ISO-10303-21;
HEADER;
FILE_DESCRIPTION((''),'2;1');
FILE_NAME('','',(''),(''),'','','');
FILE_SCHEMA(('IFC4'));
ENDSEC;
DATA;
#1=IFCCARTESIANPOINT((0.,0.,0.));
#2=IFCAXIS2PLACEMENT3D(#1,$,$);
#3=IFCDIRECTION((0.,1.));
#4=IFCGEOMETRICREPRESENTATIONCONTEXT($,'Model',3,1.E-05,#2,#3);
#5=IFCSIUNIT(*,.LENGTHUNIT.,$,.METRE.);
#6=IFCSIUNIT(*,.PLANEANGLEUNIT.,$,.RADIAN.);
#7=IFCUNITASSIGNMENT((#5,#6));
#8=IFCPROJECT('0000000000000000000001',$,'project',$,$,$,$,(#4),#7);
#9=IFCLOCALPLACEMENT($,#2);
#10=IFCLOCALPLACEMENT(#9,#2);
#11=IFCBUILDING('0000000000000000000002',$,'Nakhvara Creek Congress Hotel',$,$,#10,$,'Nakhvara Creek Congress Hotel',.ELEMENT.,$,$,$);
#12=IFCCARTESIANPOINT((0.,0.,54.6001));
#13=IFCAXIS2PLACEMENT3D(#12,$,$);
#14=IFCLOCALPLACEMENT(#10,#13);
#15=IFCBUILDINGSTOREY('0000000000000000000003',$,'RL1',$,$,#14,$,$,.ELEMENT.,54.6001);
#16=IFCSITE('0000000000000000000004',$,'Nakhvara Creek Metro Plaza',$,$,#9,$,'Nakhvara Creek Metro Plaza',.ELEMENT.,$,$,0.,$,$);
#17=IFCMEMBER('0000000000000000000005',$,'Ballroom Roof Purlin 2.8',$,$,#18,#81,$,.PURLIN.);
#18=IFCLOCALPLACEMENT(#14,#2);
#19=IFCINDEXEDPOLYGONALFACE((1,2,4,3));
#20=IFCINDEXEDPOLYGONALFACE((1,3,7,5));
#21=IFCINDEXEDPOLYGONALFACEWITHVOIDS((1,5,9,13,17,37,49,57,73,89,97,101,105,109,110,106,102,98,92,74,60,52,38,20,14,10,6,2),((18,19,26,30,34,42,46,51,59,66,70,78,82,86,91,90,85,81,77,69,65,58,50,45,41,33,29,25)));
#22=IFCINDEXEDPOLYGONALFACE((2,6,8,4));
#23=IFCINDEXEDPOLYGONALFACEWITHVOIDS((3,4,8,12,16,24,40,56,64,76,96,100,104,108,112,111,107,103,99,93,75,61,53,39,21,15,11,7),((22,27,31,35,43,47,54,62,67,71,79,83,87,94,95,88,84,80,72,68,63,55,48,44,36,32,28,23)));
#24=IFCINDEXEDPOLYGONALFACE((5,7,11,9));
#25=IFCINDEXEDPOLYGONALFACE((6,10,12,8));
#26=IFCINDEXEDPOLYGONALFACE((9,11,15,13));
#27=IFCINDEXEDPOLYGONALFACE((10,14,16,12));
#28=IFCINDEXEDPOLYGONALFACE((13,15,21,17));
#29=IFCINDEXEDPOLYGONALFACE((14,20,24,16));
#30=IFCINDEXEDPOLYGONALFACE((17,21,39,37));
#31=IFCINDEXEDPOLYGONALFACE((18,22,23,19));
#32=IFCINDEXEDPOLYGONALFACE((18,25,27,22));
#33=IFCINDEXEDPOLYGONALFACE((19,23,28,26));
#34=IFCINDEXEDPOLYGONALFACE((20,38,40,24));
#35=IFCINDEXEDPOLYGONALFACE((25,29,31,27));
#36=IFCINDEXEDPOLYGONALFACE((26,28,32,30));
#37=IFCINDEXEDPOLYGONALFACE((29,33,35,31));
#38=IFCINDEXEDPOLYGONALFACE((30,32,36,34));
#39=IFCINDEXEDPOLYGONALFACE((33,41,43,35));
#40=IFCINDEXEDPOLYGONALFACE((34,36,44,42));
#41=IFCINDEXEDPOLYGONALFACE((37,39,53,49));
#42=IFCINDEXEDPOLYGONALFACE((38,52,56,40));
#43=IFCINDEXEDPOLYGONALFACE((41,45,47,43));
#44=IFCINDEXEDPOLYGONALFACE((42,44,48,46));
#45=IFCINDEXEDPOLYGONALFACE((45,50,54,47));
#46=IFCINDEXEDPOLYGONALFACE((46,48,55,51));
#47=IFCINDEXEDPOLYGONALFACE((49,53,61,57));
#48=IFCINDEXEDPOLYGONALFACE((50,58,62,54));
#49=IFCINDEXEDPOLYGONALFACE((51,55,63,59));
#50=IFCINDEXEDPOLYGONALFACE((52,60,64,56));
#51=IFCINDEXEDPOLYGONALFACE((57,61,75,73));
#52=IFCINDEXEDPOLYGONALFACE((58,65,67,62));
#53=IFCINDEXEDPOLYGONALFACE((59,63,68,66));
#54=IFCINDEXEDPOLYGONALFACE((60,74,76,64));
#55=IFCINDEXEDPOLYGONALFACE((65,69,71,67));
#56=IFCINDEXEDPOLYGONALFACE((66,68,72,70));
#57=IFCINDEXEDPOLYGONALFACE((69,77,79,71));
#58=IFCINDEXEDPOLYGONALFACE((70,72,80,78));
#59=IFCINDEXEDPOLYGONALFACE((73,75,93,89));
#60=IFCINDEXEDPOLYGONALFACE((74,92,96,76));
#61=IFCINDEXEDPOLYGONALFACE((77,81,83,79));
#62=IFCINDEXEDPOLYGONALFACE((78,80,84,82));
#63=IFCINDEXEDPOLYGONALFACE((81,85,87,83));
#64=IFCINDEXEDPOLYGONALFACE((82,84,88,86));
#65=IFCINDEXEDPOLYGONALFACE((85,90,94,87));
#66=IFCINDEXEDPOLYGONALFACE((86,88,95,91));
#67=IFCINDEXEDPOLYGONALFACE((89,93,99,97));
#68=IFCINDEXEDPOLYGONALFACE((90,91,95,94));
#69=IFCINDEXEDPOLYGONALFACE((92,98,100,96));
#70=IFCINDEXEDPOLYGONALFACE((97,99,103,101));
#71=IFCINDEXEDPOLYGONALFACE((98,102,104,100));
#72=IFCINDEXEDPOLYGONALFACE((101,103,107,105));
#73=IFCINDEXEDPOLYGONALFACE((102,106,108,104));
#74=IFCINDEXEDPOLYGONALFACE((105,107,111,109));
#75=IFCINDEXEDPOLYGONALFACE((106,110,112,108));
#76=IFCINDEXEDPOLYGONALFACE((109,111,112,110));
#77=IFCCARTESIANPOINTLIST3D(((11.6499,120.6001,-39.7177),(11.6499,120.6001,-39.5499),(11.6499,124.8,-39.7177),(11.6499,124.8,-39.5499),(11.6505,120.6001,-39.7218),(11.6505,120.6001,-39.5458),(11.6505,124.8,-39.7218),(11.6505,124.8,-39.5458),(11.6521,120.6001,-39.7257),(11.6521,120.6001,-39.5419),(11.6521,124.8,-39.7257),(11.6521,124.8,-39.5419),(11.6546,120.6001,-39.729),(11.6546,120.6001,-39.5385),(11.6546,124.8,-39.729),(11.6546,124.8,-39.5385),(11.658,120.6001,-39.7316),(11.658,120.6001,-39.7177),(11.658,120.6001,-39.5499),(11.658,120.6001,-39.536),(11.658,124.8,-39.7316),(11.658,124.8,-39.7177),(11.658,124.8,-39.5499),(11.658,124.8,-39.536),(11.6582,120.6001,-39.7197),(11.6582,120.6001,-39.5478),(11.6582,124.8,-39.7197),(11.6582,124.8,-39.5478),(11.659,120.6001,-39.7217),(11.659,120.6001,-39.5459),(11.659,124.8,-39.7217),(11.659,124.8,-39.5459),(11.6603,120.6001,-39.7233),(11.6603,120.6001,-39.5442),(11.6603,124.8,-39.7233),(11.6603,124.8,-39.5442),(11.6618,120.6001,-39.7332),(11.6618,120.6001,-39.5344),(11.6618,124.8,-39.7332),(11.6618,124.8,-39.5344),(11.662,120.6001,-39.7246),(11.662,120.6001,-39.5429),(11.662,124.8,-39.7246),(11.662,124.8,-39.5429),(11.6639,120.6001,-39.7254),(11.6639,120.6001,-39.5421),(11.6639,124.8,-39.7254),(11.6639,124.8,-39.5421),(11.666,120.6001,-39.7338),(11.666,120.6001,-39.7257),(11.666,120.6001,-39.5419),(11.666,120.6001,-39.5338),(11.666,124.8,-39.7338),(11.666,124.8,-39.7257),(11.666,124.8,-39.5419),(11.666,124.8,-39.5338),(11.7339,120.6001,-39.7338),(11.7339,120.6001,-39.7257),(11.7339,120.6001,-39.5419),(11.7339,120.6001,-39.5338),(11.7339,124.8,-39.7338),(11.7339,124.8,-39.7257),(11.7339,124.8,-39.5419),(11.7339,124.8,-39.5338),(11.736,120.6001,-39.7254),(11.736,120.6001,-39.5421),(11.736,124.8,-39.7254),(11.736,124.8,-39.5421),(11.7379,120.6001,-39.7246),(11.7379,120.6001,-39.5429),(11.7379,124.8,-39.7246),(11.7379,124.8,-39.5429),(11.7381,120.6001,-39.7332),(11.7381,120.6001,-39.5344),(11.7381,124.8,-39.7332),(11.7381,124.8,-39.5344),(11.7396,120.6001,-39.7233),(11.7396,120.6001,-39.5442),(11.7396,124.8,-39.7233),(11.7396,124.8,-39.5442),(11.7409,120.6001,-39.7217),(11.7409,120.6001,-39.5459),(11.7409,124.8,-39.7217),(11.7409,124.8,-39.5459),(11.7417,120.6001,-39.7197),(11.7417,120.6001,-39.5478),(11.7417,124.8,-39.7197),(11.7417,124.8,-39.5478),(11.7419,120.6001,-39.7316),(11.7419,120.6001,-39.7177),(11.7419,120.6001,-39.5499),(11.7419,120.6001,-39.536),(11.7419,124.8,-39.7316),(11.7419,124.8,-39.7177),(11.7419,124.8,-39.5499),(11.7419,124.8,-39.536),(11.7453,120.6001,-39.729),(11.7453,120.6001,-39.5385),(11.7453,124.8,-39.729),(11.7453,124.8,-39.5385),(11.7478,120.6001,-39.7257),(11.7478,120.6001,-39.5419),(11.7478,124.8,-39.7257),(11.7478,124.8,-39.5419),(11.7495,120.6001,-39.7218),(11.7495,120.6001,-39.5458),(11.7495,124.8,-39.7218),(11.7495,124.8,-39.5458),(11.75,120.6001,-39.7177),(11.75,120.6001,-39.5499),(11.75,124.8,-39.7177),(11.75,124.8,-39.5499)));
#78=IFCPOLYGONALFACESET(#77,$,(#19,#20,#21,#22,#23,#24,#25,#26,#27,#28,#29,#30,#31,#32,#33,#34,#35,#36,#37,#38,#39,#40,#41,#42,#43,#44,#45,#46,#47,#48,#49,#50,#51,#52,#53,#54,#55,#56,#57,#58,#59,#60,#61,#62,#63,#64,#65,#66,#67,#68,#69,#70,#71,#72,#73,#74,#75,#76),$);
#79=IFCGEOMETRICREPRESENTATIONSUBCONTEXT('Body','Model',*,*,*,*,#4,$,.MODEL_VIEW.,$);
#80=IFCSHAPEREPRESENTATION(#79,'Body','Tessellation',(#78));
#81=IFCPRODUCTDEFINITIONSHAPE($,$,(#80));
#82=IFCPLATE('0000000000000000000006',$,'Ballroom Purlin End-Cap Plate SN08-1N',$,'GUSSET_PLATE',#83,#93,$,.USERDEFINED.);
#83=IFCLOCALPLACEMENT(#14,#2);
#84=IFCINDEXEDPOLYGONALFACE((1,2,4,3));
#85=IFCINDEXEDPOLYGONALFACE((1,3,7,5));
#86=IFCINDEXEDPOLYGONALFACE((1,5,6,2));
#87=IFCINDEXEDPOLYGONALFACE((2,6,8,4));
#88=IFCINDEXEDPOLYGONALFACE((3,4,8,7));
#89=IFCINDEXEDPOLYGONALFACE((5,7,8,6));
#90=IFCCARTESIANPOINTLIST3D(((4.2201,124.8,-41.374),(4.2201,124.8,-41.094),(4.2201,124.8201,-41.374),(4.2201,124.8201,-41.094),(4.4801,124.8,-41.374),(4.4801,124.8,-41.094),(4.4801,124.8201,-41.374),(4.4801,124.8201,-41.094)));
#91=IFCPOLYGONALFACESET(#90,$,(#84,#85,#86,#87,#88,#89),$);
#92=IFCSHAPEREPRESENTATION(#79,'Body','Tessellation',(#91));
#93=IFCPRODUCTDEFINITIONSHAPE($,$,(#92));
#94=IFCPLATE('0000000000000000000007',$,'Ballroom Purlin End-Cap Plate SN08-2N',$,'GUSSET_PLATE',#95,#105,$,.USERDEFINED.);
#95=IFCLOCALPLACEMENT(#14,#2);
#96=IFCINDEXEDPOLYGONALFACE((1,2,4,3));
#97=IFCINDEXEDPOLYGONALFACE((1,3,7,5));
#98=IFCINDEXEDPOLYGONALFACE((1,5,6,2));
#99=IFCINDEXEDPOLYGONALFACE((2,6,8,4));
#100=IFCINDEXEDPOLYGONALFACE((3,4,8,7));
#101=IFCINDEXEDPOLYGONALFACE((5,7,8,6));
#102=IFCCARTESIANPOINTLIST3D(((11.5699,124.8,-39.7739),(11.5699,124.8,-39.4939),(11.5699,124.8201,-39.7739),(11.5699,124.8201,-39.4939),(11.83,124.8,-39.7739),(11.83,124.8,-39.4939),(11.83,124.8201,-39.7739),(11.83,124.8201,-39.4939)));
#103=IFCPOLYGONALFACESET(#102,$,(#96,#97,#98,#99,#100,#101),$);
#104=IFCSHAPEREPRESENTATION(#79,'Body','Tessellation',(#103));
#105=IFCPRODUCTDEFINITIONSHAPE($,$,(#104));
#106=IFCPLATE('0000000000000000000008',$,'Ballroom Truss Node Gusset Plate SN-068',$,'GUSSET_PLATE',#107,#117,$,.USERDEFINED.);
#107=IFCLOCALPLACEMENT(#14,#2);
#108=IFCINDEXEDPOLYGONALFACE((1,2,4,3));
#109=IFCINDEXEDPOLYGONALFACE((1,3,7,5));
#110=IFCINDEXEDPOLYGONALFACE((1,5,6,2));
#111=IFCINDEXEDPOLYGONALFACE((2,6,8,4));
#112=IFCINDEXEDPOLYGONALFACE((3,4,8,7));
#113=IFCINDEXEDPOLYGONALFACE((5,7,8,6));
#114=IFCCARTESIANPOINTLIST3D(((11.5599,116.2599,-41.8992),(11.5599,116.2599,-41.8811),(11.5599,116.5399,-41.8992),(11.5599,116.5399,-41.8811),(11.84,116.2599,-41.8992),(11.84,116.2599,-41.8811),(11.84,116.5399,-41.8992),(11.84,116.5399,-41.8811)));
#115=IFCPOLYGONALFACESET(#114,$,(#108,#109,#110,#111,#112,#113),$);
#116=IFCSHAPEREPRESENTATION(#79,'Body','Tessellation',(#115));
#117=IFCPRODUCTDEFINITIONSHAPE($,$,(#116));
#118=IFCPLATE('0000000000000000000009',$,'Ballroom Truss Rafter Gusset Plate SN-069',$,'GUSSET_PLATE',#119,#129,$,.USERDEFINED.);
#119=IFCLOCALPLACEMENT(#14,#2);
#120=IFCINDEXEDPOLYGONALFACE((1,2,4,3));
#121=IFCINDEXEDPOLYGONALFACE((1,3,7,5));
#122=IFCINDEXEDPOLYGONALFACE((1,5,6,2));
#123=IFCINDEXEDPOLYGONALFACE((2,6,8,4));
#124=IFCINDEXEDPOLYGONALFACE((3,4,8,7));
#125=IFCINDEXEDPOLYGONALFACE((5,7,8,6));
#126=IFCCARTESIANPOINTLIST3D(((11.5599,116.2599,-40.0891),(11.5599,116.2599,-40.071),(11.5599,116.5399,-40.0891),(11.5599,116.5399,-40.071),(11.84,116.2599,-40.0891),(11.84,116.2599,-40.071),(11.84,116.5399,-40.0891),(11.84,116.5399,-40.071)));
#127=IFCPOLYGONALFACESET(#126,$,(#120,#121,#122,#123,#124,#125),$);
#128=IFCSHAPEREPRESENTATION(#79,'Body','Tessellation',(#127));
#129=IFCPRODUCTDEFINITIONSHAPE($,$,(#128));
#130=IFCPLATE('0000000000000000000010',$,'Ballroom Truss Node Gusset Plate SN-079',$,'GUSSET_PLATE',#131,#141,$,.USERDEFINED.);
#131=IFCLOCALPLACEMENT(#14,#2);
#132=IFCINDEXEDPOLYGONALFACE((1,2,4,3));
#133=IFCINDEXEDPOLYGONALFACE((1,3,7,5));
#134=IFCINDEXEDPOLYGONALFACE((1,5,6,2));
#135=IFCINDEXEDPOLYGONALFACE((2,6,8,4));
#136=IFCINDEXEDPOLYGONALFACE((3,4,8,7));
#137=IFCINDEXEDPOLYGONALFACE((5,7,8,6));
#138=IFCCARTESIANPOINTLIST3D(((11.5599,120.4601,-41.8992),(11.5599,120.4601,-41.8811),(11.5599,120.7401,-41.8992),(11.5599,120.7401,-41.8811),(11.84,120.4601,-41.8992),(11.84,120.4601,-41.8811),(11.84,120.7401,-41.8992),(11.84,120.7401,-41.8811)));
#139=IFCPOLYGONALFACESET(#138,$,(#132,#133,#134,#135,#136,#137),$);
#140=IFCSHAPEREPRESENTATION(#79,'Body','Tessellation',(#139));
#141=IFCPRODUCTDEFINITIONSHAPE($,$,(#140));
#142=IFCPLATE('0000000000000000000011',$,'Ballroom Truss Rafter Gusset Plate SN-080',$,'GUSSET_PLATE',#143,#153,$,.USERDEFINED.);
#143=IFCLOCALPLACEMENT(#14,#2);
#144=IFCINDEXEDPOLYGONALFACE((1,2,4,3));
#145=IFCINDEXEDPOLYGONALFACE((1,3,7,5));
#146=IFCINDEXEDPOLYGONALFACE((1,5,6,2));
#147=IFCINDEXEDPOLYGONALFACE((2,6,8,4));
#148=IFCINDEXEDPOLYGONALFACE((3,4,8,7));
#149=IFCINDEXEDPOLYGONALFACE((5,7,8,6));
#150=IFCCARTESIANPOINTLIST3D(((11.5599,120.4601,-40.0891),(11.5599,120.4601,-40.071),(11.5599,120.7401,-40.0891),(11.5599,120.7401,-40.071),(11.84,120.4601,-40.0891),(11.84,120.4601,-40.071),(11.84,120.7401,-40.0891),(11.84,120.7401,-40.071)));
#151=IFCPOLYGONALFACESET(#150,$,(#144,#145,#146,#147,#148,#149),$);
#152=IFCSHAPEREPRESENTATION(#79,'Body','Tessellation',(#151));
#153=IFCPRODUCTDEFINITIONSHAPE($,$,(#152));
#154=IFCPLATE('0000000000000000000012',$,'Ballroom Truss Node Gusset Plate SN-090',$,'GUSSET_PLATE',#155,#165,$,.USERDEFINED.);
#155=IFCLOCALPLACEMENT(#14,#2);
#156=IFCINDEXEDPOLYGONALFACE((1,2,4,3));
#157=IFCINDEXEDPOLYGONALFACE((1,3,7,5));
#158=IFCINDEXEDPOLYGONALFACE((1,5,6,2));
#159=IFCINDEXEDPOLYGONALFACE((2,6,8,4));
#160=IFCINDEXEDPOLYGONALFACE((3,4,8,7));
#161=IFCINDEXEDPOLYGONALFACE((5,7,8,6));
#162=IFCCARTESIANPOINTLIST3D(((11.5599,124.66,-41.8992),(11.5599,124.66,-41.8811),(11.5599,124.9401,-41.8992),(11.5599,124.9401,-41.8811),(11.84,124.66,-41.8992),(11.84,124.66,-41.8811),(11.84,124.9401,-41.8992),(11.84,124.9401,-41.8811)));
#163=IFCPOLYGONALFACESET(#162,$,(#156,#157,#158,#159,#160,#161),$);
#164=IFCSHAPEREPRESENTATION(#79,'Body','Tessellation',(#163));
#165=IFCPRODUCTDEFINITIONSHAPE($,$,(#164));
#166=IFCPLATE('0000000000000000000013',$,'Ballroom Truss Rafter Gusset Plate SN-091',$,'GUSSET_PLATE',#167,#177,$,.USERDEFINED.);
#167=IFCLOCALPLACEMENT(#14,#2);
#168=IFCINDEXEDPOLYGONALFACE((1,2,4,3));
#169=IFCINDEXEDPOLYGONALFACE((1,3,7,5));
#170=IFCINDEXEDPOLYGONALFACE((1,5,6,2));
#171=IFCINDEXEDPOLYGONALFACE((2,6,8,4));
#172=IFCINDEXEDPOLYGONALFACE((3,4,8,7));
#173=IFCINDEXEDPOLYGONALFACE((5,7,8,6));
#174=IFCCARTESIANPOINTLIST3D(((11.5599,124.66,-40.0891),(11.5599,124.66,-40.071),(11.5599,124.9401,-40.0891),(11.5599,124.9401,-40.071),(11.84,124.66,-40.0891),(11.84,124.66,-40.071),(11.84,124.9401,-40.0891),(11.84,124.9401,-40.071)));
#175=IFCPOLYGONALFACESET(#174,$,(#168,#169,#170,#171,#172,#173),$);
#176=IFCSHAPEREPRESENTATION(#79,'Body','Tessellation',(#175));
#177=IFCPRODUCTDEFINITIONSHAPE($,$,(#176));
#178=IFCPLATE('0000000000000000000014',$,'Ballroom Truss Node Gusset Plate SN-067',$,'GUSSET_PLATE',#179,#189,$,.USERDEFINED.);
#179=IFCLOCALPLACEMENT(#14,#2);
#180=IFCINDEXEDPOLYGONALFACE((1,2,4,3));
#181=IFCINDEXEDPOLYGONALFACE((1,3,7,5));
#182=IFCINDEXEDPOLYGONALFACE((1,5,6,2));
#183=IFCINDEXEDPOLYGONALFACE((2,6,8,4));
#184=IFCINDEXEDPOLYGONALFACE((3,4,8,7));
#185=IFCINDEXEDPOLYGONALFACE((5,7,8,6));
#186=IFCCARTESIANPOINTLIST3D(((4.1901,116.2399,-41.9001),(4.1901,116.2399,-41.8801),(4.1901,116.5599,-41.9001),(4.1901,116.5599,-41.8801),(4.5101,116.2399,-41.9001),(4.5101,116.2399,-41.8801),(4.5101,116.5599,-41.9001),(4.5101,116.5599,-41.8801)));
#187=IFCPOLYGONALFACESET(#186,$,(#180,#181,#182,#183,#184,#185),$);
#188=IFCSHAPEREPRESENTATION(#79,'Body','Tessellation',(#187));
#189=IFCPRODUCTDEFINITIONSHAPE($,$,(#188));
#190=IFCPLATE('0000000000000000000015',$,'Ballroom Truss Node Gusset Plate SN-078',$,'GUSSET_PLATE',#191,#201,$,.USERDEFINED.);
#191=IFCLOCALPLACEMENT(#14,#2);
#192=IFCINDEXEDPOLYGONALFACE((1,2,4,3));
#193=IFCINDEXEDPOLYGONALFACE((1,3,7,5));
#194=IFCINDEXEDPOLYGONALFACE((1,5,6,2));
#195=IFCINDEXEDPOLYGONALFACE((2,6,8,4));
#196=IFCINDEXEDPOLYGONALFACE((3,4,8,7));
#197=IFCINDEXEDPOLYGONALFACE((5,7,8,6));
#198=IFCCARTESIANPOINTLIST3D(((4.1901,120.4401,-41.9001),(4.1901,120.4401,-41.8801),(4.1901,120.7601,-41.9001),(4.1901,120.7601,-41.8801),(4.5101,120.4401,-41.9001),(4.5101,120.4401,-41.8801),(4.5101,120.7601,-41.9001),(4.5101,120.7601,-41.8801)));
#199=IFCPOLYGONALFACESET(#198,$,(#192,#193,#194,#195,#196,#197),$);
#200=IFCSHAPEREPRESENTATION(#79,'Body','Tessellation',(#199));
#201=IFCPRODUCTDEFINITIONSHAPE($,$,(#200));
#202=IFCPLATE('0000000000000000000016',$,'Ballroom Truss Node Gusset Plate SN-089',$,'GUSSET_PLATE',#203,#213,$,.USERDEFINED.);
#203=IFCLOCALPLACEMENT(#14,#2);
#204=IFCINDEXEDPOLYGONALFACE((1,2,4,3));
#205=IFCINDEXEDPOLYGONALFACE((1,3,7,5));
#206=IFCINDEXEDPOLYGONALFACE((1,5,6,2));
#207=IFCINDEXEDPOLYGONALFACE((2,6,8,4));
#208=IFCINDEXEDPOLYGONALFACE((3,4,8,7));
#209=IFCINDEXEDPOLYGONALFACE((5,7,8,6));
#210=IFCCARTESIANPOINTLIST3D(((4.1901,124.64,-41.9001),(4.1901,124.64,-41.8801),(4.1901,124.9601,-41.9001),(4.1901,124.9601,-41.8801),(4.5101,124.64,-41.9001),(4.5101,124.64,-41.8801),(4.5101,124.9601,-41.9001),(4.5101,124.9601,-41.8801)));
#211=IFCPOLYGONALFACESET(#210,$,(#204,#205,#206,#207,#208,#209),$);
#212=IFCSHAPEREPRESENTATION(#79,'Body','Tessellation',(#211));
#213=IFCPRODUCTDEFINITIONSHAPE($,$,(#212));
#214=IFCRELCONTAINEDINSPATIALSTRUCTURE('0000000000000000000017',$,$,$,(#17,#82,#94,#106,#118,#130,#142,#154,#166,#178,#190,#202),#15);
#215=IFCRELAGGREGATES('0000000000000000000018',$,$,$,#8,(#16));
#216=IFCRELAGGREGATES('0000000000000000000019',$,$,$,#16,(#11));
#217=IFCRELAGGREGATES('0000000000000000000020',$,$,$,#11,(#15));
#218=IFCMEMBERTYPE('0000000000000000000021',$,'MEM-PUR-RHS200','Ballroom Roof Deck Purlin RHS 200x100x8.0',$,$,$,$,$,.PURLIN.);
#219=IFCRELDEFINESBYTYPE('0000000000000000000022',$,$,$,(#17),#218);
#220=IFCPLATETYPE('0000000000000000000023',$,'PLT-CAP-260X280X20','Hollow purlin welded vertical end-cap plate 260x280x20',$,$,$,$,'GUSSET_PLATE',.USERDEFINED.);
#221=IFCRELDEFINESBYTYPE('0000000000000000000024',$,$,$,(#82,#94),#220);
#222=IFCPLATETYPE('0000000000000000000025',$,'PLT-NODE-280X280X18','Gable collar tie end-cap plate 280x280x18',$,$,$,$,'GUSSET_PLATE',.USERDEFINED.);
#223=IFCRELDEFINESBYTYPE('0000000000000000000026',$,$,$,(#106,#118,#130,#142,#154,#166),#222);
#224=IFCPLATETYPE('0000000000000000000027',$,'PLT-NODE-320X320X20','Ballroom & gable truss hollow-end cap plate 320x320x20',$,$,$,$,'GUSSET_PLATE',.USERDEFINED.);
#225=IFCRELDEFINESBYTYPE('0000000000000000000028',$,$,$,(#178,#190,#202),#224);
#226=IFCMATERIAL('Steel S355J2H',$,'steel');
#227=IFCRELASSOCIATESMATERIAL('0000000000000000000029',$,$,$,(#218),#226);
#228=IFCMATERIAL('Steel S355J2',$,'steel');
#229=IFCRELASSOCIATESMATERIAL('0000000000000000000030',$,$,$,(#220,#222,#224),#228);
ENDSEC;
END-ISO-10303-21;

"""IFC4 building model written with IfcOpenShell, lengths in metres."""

from ifc_helpers import new_model, si_unit, direction, frame, origin, origin_2d, place, context, subcontext, project, spatial, rectangle, hollow_rectangle, extrude, material, material_profile, profile_set, type_object, element, save


model = new_model("IFC4")

# Units and contexts
model_context = context("Model", 3, precision=1e-05, world=origin(), true_north=direction((0.0, 1.0)))
body_context = subcontext(model_context, "Body", "Model", "MODEL_VIEW")
ifc_project = project(units=[si_unit("LENGTHUNIT", "METRE"), si_unit("PLANEANGLEUNIT", "RADIAN")], contexts=[model_context])

# Site, building, storey
site_placement = place(None, origin())
site = spatial("IfcSite", under=ifc_project, at=site_placement, Name="Nakhvara Creek Metro Plaza", LongName="Nakhvara Creek Metro Plaza", CompositionType="ELEMENT", RefElevation=0.0)
building_placement = place(site_placement, origin())
building = spatial("IfcBuilding", under=site, at=building_placement, Name="Nakhvara Creek Congress Hotel", LongName="Nakhvara Creek Congress Hotel", CompositionType="ELEMENT")
storey_placement = place(building_placement, frame((0.0, 0.0, 54.6001)))
storey = spatial("IfcBuildingStorey", under=building, at=storey_placement, Name="RL1", CompositionType="ELEMENT", Elevation=54.6001)

# Shared definitions
ifc_material_1 = material(Name="Steel S355J2", Category="steel")

# Member
ifc_material_2 = material(Name="Steel S355J2H", Category="steel")
ifc_material_profile_1 = material_profile(ifc_material_2, hollow_rectangle(XDim=0.1001, YDim=0.2, WallThickness=0.0081, InnerFilletRadius=0.0081, OuterFilletRadius=0.0161, at=origin_2d()), Name="RHS 200x100x8.0", Category="LoadBearing")
ifc_profile_set_1 = profile_set([ifc_material_profile_1], Name="Steel S355J2H")
member_type_1 = type_object("IfcMemberType", Name="MEM-PUR-RHS200", Description="Ballroom Roof Deck Purlin RHS 200x100x8.0", PredefinedType="PURLIN", material=ifc_profile_set_1)
member_1_placement = place(storey_placement, frame((11.7, 120.6001, -39.6338), z_axis=(0.0, 1.0, 0.0), x_axis=(-1.0, 0.0, 0.0)))
element("IfcMember", 1, at=member_1_placement, inside=storey, type_object=member_type_1, Name="Ballroom Roof Purlin 2.8", PredefinedType="PURLIN", context=body_context, shape_type="SweptSolid", body=[
    extrude(hollow_rectangle(XDim=0.1001, YDim=0.2, WallThickness=0.0081, InnerFilletRadius=0.0081, OuterFilletRadius=0.0161, at=origin_2d()), origin(), (0.0, 0.0, 1.0), 4.2),
])

# Plates
plate_type_1 = type_object("IfcPlateType", Name="PLT-CAP-260X280X20", Description="Hollow purlin welded vertical end-cap plate 260x280x20", ElementType="GUSSET_PLATE", PredefinedType="USERDEFINED", material=ifc_material_1)
for number, where, z_axis, x_axis, name in (
    (2, (4.3501, 124.8101, -41.374), (0.0, 0.0, 1.0), (1.0, 0.0, 0.0), "Ballroom Purlin End-Cap Plate SN08-1N"),
    (3, (11.7, 124.8101, -39.7739), (0.0, 0.0, 1.0), (1.0, 0.0, 0.0), "Ballroom Purlin End-Cap Plate SN08-2N"),
):
    element("IfcPlate", number, at=place(storey_placement, frame(where, z_axis=z_axis, x_axis=x_axis)), inside=storey, type_object=plate_type_1, Name=name, ObjectType="GUSSET_PLATE", PredefinedType="USERDEFINED", context=body_context, shape_type="SweptSolid", body=[
        extrude(rectangle(XDim=0.26, YDim=0.02, at=origin_2d()), origin(), (0.0, 0.0, 1.0), 0.28),
    ])
plate_type_2 = type_object("IfcPlateType", Name="PLT-NODE-280X280X18", Description="Gable collar tie end-cap plate 280x280x18", ElementType="GUSSET_PLATE", PredefinedType="USERDEFINED", material=ifc_material_1)
for number, where, z_axis, x_axis, name in (
    (4, (11.7, 116.3999, -41.8992), (0.0, 0.0, 1.0), (1.0, 0.0, 0.0), "Ballroom Truss Node Gusset Plate SN-068"),
    (5, (11.7, 116.3999, -40.0891), (0.0, 0.0, 1.0), (1.0, 0.0, 0.0), "Ballroom Truss Rafter Gusset Plate SN-069"),
    (6, (11.7, 120.6001, -41.8992), (0.0, 0.0, 1.0), (1.0, 0.0, 0.0), "Ballroom Truss Node Gusset Plate SN-079"),
    (7, (11.7, 120.6001, -40.0891), (0.0, 0.0, 1.0), (1.0, 0.0, 0.0), "Ballroom Truss Rafter Gusset Plate SN-080"),
    (8, (11.7, 124.8, -41.8992), (0.0, 0.0, 1.0), (1.0, 0.0, 0.0), "Ballroom Truss Node Gusset Plate SN-090"),
    (9, (11.7, 124.8, -40.0891), (0.0, 0.0, 1.0), (1.0, 0.0, 0.0), "Ballroom Truss Rafter Gusset Plate SN-091"),
):
    element("IfcPlate", number, at=place(storey_placement, frame(where, z_axis=z_axis, x_axis=x_axis)), inside=storey, type_object=plate_type_2, Name=name, ObjectType="GUSSET_PLATE", PredefinedType="USERDEFINED", context=body_context, shape_type="SweptSolid", body=[
        extrude(rectangle(XDim=0.28, YDim=0.28, at=origin_2d()), origin(), (0.0, 0.0, 1.0), 0.0181),
    ])
plate_type_3 = type_object("IfcPlateType", Name="PLT-NODE-320X320X20", Description="Ballroom & gable truss hollow-end cap plate 320x320x20", ElementType="GUSSET_PLATE", PredefinedType="USERDEFINED", material=ifc_material_1)
for number, where, z_axis, x_axis, name in (
    (10, (4.3501, 116.3999, -41.9001), (0.0, 0.0, 1.0), (1.0, 0.0, 0.0), "Ballroom Truss Node Gusset Plate SN-067"),
    (11, (4.3501, 120.6001, -41.9001), (0.0, 0.0, 1.0), (1.0, 0.0, 0.0), "Ballroom Truss Node Gusset Plate SN-078"),
    (12, (4.3501, 124.8, -41.9001), (0.0, 0.0, 1.0), (1.0, 0.0, 0.0), "Ballroom Truss Node Gusset Plate SN-089"),
):
    element("IfcPlate", number, at=place(storey_placement, frame(where, z_axis=z_axis, x_axis=x_axis)), inside=storey, type_object=plate_type_3, Name=name, ObjectType="GUSSET_PLATE", PredefinedType="USERDEFINED", context=body_context, shape_type="SweptSolid", body=[
        extrude(rectangle(XDim=0.3201, YDim=0.3201, at=origin_2d()), origin(), (0.0, 0.0, 1.0), 0.02),
    ])

save(model, "model.ifc")
